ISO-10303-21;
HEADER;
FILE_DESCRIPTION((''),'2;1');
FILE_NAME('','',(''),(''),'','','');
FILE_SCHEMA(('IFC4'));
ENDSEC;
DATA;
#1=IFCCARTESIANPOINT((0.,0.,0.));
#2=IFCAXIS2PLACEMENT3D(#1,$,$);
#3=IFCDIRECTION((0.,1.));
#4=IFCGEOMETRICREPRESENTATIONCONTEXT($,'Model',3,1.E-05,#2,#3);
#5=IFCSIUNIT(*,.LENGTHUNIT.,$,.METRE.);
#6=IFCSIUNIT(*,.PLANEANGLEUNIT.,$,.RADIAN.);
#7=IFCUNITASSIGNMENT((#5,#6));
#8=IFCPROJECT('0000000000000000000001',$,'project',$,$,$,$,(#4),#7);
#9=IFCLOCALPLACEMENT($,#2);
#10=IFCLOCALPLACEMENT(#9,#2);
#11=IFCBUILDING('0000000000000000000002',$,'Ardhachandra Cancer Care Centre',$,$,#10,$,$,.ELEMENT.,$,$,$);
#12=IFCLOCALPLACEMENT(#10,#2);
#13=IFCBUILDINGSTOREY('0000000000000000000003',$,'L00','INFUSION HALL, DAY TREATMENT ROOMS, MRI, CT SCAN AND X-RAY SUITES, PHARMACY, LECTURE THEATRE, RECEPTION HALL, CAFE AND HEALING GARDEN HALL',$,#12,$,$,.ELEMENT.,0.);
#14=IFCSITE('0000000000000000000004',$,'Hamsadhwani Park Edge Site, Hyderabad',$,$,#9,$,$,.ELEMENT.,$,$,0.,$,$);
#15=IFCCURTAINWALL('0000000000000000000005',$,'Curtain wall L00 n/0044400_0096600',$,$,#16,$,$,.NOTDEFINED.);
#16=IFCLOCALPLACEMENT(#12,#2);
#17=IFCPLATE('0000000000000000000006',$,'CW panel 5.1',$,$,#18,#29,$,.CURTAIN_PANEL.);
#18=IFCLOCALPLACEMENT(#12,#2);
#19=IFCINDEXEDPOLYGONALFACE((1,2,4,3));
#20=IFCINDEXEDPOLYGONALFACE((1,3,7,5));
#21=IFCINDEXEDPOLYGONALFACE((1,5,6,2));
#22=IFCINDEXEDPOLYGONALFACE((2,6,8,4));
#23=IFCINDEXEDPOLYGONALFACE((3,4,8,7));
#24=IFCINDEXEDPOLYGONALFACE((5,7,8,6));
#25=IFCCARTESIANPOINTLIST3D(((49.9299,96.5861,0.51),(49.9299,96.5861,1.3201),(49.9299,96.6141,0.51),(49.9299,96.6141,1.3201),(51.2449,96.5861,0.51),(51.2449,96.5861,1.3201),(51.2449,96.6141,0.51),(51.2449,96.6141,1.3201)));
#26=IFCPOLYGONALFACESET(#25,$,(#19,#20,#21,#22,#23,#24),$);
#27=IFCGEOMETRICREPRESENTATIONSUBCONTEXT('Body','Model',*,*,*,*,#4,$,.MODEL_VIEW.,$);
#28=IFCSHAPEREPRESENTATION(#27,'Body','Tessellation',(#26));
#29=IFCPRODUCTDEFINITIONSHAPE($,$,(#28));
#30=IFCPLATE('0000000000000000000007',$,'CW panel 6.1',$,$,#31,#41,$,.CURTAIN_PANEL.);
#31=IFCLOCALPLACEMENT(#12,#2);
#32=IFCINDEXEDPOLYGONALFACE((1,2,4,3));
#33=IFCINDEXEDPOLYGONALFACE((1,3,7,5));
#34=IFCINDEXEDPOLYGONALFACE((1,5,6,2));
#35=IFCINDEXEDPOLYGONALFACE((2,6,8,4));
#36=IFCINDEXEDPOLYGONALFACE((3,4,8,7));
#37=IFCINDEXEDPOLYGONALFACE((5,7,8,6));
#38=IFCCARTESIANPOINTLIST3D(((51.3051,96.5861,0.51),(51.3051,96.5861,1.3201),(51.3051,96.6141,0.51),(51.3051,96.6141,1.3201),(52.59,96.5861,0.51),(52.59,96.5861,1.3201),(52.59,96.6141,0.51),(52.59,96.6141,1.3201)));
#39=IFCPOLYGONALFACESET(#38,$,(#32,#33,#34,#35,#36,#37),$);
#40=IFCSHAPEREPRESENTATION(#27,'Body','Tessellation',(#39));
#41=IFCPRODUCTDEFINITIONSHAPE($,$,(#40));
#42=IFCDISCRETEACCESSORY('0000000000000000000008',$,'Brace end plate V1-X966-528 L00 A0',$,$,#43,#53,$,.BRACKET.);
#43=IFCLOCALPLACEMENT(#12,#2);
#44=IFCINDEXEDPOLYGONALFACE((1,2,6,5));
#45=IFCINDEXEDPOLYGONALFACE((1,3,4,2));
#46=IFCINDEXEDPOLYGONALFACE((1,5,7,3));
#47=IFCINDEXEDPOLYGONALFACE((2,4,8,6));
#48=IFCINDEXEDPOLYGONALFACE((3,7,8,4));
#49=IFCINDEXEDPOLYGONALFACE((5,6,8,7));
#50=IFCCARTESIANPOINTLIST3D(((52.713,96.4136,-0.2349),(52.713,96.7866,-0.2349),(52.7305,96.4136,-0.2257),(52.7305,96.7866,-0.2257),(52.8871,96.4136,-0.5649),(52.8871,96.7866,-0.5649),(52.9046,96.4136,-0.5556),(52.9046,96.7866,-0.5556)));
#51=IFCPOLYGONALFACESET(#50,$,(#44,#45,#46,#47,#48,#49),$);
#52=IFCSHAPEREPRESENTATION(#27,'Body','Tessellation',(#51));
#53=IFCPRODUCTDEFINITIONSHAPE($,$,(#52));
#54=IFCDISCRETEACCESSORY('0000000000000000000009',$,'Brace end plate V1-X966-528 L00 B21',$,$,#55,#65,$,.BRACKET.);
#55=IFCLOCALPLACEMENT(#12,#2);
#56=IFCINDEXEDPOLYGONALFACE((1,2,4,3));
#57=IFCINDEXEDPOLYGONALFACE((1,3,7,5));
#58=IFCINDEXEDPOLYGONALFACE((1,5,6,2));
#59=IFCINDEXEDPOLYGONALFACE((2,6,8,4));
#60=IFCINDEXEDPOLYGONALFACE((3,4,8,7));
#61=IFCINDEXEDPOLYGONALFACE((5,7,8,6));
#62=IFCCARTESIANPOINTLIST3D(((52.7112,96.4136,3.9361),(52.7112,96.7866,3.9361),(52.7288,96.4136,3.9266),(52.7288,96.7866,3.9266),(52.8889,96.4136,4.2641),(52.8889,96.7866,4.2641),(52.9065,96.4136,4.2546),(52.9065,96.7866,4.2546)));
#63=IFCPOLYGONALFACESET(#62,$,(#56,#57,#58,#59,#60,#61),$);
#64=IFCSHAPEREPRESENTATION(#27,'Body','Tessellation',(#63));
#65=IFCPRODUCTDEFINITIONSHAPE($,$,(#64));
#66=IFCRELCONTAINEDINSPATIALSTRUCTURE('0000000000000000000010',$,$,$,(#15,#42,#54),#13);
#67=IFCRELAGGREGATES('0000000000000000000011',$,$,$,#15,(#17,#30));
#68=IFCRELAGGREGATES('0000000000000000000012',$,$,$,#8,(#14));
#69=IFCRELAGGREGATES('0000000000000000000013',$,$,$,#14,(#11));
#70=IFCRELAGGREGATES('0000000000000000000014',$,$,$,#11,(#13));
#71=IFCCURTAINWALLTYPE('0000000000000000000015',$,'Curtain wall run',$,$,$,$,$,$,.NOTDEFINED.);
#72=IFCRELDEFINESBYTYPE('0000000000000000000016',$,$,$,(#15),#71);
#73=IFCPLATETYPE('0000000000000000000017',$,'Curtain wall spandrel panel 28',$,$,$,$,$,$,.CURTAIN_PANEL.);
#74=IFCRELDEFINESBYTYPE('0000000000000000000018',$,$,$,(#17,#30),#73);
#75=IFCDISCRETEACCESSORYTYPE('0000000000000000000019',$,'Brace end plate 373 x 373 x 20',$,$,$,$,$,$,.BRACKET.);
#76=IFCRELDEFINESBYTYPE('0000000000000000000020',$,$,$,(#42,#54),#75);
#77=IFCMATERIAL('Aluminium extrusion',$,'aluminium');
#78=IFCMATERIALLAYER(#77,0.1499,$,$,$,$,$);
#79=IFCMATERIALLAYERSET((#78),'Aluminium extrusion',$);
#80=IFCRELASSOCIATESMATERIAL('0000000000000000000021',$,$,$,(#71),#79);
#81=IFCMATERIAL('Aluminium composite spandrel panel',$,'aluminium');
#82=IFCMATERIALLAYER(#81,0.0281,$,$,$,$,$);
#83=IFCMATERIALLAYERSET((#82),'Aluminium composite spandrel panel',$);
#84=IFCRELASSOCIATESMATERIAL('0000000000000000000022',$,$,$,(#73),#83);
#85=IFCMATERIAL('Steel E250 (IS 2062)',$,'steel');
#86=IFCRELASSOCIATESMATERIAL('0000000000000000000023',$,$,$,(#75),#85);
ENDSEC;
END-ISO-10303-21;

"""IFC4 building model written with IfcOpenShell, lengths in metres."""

from ifc_helpers import new_model, si_unit, direction, frame, origin, origin_2d, place, context, subcontext, project, spatial, rectangle, extrude, material, layer, layer_set, material_profile, profile_set, type_object, element, aggregate, save


model = new_model("IFC4")

# Units and contexts
model_context = context("Model", 3, precision=1e-05, world=origin(), true_north=direction((0.0, 1.0)))
body_context = subcontext(model_context, "Body", "Model", "MODEL_VIEW")
ifc_project = project(units=[si_unit("LENGTHUNIT", "METRE"), si_unit("PLANEANGLEUNIT", "RADIAN")], contexts=[model_context])

# Site, building, storey
site_placement = place(None, origin())
site = spatial("IfcSite", under=ifc_project, at=site_placement, Name="Hamsadhwani Park Edge Site, Hyderabad", CompositionType="ELEMENT", RefElevation=0.0)
building_placement = place(site_placement, origin())
building = spatial("IfcBuilding", under=site, at=building_placement, Name="Ardhachandra Cancer Care Centre", CompositionType="ELEMENT")
storey_placement = place(building_placement, origin())
storey = spatial("IfcBuildingStorey", under=building, at=storey_placement, Name="L00", Description="INFUSION HALL, DAY TREATMENT ROOMS, MRI, CT SCAN AND X-RAY SUITES, PHARMACY, LECTURE THEATRE, RECEPTION HALL, CAFE AND HEALING GARDEN HALL", CompositionType="ELEMENT", Elevation=0.0)

# Curtain wall
ifc_material_1 = material(Name="Aluminium extrusion", Category="aluminium")
ifc_layer_1 = layer(ifc_material_1, 0.1499)
ifc_layer_set_1 = layer_set([ifc_layer_1], Name="Aluminium extrusion")
curtain_wall_type = type_object("IfcCurtainWallType", Name="Curtain wall run", PredefinedType="NOTDEFINED", material=ifc_layer_set_1)
curtain_wall_1_placement = place(storey_placement, origin())
curtain_wall_1 = element("IfcCurtainWall", 1, at=curtain_wall_1_placement, inside=storey, type_object=curtain_wall_type, Name="Curtain wall L00 n/0044400_0096600", PredefinedType="NOTDEFINED")

# Plates
ifc_material_2 = material(Name="Aluminium composite spandrel panel", Category="aluminium")
ifc_layer_2 = layer(ifc_material_2, 0.0281)
ifc_layer_set_2 = layer_set([ifc_layer_2], Name="Aluminium composite spandrel panel")
plate_type_1 = type_object("IfcPlateType", Name="Curtain wall spandrel panel 28", PredefinedType="CURTAIN_PANEL", material=ifc_layer_set_2)
plate_1_placement = place(storey_placement, frame((50.5874, 96.6001, 0.51), z_axis=(0.0, 0.0, 1.0), x_axis=(1.0, 0.0, 0.0)))
plate_1 = element("IfcPlate", 2, at=plate_1_placement, type_object=plate_type_1, Name="CW panel 5.1", PredefinedType="CURTAIN_PANEL", context=body_context, shape_type="SweptSolid", body=[
    extrude(rectangle(XDim=1.3149, YDim=0.0281, at=origin_2d()), origin(), (0.0, 0.0, 1.0), 0.8101),
])
plate_2_placement = place(storey_placement, frame((51.9475, 96.6001, 0.51), z_axis=(0.0, 0.0, 1.0), x_axis=(1.0, 0.0, 0.0)))
plate_2 = element("IfcPlate", 3, at=plate_2_placement, type_object=plate_type_1, Name="CW panel 6.1", PredefinedType="CURTAIN_PANEL", context=body_context, shape_type="SweptSolid", body=[
    extrude(rectangle(XDim=1.2849, YDim=0.0281, at=origin_2d()), origin(), (0.0, 0.0, 1.0), 0.8101),
])
aggregate(curtain_wall_1, [plate_1, plate_2])

# Discrete accessories
ifc_material_3 = material(Name="Steel E250 (IS 2062)", Category="steel")
ifc_material_profile_1 = material_profile(ifc_material_3, rectangle(XDim=0.373, YDim=0.373, at=origin_2d()), Name="PL 373x373x20")
ifc_profile_set_1 = profile_set([ifc_material_profile_1], Name="Steel E250 (IS 2062)")
discrete_accessory_type = type_object("IfcDiscreteAccessoryType", Name="Brace end plate 373 x 373 x 20", PredefinedType="BRACKET", material=ifc_profile_set_1)
discrete_accessory_1_placement = place(storey_placement, frame((52.8, 96.6001, -0.3999), z_axis=(0.884385, 0.0, 0.466759), x_axis=(0.0, 1.0, 0.0)))
element("IfcDiscreteAccessory", 4, at=discrete_accessory_1_placement, inside=storey, type_object=discrete_accessory_type, Name="Brace end plate V1-X966-528 L00 A0", PredefinedType="BRACKET", context=body_context, shape_type="SweptSolid", body=[
    extrude(rectangle(XDim=0.373, YDim=0.373, at=origin_2d()), origin(), (0.0, 0.0, 1.0), 0.0198),
])
discrete_accessory_2_placement = place(storey_placement, frame((52.8, 96.6001, 4.1001), z_axis=(0.879292, 0.0, -0.476283), x_axis=(0.0, 1.0, 0.0)))
element("IfcDiscreteAccessory", 5, at=discrete_accessory_2_placement, inside=storey, type_object=discrete_accessory_type, Name="Brace end plate V1-X966-528 L00 B21", PredefinedType="BRACKET", context=body_context, shape_type="SweptSolid", body=[
    extrude(rectangle(XDim=0.373, YDim=0.373, at=origin_2d()), origin(), (0.0, 0.0, 1.0), 0.02),
])

save(model, "model.ifc")
